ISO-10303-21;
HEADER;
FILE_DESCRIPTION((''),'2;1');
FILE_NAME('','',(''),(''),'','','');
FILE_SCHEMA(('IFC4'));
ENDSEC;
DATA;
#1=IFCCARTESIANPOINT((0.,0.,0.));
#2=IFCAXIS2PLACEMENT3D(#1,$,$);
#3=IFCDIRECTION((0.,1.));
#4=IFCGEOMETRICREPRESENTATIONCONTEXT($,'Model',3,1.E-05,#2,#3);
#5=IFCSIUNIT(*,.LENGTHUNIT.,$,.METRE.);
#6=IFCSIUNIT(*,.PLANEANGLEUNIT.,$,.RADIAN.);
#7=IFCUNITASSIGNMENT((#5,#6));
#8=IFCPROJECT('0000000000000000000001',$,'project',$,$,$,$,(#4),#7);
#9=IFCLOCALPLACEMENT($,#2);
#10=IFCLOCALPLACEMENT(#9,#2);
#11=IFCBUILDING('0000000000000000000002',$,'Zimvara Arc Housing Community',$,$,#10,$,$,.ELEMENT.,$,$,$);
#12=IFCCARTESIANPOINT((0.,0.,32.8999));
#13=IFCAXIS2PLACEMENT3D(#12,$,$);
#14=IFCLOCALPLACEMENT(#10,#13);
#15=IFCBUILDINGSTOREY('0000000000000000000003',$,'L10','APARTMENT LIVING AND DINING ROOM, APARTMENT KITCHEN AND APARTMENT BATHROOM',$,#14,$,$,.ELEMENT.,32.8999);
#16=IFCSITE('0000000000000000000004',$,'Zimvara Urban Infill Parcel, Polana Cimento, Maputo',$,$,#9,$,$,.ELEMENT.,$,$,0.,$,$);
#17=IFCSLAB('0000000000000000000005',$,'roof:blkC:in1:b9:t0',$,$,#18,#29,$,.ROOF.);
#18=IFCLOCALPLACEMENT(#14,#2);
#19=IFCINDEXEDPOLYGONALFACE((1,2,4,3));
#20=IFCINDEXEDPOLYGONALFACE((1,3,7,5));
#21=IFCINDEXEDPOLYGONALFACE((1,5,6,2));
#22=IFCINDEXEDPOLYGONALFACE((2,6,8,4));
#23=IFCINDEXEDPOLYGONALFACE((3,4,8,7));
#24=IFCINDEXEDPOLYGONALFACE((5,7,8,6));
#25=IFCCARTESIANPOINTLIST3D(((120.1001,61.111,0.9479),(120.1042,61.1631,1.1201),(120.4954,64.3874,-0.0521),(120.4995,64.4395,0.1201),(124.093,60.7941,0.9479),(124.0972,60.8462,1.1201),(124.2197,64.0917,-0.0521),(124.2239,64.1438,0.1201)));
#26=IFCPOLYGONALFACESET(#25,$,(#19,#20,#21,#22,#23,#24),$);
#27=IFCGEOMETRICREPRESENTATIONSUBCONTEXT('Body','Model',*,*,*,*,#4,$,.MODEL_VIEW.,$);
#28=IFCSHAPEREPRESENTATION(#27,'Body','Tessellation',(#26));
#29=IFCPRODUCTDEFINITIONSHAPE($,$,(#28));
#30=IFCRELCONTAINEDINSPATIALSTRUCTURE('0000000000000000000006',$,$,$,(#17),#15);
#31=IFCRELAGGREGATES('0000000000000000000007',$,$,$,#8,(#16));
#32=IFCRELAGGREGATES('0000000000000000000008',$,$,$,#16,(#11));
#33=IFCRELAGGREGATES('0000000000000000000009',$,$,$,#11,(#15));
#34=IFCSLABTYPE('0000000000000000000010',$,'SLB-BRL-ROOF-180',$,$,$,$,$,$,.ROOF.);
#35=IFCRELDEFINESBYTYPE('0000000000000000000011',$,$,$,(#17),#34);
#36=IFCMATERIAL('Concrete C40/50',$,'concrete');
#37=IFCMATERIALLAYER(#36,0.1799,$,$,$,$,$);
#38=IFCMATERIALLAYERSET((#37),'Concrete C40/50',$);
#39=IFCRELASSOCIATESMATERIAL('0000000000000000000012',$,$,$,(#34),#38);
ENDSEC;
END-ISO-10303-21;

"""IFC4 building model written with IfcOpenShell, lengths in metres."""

from ifc_helpers import new_model, si_unit, direction, frame, origin, place, context, subcontext, project, spatial, polyline, outline, extrude, material, layer, layer_set, type_object, element, save


model = new_model("IFC4")

# Units and contexts
model_context = context("Model", 3, precision=1e-05, world=origin(), true_north=direction((0.0, 1.0)))
body_context = subcontext(model_context, "Body", "Model", "MODEL_VIEW")
ifc_project = project(units=[si_unit("LENGTHUNIT", "METRE"), si_unit("PLANEANGLEUNIT", "RADIAN")], contexts=[model_context])

# Site, building, storey
site_placement = place(None, origin())
site = spatial("IfcSite", under=ifc_project, at=site_placement, Name="Zimvara Urban Infill Parcel, Polana Cimento, Maputo", CompositionType="ELEMENT", RefElevation=0.0)
building_placement = place(site_placement, origin())
building = spatial("IfcBuilding", under=site, at=building_placement, Name="Zimvara Arc Housing Community", CompositionType="ELEMENT")
storey_placement = place(building_placement, frame((0.0, 0.0, 32.8999)))
storey = spatial("IfcBuildingStorey", under=building, at=storey_placement, Name="L10", Description="APARTMENT LIVING AND DINING ROOM, APARTMENT KITCHEN AND APARTMENT BATHROOM", CompositionType="ELEMENT", Elevation=32.8999)

# Slab
ifc_material_1 = material(Name="Concrete C40/50", Category="concrete")
ifc_layer_1 = layer(ifc_material_1, 0.1799)
ifc_layer_set_1 = layer_set([ifc_layer_1], Name="Concrete C40/50")
slab_type = type_object("IfcSlabType", Name="SLB-BRL-ROOF-180", PredefinedType="ROOF", material=ifc_layer_set_1)
slab_1_placement = place(storey_placement, frame((120.4995, 64.4395, 0.1201), z_axis=(0.022964, 0.289312, 0.956959), x_axis=(0.996864, -0.079134, 0.000003)))
element("IfcSlab", 1, at=slab_1_placement, inside=storey, type_object=slab_type, Name="roof:blkC:in1:b9:t0", PredefinedType="ROOF", context=body_context, shape_type="SweptSolid", body=[
    extrude(outline(polyline([(0.0, 0.0), (3.7361, 0.0), (3.8707, -3.4456), (-0.1347, -3.4457), (0.0, 0.0)])), origin(), (0.0, 0.0, -1.0), 0.1799),
])

save(model, "model.ifc")
